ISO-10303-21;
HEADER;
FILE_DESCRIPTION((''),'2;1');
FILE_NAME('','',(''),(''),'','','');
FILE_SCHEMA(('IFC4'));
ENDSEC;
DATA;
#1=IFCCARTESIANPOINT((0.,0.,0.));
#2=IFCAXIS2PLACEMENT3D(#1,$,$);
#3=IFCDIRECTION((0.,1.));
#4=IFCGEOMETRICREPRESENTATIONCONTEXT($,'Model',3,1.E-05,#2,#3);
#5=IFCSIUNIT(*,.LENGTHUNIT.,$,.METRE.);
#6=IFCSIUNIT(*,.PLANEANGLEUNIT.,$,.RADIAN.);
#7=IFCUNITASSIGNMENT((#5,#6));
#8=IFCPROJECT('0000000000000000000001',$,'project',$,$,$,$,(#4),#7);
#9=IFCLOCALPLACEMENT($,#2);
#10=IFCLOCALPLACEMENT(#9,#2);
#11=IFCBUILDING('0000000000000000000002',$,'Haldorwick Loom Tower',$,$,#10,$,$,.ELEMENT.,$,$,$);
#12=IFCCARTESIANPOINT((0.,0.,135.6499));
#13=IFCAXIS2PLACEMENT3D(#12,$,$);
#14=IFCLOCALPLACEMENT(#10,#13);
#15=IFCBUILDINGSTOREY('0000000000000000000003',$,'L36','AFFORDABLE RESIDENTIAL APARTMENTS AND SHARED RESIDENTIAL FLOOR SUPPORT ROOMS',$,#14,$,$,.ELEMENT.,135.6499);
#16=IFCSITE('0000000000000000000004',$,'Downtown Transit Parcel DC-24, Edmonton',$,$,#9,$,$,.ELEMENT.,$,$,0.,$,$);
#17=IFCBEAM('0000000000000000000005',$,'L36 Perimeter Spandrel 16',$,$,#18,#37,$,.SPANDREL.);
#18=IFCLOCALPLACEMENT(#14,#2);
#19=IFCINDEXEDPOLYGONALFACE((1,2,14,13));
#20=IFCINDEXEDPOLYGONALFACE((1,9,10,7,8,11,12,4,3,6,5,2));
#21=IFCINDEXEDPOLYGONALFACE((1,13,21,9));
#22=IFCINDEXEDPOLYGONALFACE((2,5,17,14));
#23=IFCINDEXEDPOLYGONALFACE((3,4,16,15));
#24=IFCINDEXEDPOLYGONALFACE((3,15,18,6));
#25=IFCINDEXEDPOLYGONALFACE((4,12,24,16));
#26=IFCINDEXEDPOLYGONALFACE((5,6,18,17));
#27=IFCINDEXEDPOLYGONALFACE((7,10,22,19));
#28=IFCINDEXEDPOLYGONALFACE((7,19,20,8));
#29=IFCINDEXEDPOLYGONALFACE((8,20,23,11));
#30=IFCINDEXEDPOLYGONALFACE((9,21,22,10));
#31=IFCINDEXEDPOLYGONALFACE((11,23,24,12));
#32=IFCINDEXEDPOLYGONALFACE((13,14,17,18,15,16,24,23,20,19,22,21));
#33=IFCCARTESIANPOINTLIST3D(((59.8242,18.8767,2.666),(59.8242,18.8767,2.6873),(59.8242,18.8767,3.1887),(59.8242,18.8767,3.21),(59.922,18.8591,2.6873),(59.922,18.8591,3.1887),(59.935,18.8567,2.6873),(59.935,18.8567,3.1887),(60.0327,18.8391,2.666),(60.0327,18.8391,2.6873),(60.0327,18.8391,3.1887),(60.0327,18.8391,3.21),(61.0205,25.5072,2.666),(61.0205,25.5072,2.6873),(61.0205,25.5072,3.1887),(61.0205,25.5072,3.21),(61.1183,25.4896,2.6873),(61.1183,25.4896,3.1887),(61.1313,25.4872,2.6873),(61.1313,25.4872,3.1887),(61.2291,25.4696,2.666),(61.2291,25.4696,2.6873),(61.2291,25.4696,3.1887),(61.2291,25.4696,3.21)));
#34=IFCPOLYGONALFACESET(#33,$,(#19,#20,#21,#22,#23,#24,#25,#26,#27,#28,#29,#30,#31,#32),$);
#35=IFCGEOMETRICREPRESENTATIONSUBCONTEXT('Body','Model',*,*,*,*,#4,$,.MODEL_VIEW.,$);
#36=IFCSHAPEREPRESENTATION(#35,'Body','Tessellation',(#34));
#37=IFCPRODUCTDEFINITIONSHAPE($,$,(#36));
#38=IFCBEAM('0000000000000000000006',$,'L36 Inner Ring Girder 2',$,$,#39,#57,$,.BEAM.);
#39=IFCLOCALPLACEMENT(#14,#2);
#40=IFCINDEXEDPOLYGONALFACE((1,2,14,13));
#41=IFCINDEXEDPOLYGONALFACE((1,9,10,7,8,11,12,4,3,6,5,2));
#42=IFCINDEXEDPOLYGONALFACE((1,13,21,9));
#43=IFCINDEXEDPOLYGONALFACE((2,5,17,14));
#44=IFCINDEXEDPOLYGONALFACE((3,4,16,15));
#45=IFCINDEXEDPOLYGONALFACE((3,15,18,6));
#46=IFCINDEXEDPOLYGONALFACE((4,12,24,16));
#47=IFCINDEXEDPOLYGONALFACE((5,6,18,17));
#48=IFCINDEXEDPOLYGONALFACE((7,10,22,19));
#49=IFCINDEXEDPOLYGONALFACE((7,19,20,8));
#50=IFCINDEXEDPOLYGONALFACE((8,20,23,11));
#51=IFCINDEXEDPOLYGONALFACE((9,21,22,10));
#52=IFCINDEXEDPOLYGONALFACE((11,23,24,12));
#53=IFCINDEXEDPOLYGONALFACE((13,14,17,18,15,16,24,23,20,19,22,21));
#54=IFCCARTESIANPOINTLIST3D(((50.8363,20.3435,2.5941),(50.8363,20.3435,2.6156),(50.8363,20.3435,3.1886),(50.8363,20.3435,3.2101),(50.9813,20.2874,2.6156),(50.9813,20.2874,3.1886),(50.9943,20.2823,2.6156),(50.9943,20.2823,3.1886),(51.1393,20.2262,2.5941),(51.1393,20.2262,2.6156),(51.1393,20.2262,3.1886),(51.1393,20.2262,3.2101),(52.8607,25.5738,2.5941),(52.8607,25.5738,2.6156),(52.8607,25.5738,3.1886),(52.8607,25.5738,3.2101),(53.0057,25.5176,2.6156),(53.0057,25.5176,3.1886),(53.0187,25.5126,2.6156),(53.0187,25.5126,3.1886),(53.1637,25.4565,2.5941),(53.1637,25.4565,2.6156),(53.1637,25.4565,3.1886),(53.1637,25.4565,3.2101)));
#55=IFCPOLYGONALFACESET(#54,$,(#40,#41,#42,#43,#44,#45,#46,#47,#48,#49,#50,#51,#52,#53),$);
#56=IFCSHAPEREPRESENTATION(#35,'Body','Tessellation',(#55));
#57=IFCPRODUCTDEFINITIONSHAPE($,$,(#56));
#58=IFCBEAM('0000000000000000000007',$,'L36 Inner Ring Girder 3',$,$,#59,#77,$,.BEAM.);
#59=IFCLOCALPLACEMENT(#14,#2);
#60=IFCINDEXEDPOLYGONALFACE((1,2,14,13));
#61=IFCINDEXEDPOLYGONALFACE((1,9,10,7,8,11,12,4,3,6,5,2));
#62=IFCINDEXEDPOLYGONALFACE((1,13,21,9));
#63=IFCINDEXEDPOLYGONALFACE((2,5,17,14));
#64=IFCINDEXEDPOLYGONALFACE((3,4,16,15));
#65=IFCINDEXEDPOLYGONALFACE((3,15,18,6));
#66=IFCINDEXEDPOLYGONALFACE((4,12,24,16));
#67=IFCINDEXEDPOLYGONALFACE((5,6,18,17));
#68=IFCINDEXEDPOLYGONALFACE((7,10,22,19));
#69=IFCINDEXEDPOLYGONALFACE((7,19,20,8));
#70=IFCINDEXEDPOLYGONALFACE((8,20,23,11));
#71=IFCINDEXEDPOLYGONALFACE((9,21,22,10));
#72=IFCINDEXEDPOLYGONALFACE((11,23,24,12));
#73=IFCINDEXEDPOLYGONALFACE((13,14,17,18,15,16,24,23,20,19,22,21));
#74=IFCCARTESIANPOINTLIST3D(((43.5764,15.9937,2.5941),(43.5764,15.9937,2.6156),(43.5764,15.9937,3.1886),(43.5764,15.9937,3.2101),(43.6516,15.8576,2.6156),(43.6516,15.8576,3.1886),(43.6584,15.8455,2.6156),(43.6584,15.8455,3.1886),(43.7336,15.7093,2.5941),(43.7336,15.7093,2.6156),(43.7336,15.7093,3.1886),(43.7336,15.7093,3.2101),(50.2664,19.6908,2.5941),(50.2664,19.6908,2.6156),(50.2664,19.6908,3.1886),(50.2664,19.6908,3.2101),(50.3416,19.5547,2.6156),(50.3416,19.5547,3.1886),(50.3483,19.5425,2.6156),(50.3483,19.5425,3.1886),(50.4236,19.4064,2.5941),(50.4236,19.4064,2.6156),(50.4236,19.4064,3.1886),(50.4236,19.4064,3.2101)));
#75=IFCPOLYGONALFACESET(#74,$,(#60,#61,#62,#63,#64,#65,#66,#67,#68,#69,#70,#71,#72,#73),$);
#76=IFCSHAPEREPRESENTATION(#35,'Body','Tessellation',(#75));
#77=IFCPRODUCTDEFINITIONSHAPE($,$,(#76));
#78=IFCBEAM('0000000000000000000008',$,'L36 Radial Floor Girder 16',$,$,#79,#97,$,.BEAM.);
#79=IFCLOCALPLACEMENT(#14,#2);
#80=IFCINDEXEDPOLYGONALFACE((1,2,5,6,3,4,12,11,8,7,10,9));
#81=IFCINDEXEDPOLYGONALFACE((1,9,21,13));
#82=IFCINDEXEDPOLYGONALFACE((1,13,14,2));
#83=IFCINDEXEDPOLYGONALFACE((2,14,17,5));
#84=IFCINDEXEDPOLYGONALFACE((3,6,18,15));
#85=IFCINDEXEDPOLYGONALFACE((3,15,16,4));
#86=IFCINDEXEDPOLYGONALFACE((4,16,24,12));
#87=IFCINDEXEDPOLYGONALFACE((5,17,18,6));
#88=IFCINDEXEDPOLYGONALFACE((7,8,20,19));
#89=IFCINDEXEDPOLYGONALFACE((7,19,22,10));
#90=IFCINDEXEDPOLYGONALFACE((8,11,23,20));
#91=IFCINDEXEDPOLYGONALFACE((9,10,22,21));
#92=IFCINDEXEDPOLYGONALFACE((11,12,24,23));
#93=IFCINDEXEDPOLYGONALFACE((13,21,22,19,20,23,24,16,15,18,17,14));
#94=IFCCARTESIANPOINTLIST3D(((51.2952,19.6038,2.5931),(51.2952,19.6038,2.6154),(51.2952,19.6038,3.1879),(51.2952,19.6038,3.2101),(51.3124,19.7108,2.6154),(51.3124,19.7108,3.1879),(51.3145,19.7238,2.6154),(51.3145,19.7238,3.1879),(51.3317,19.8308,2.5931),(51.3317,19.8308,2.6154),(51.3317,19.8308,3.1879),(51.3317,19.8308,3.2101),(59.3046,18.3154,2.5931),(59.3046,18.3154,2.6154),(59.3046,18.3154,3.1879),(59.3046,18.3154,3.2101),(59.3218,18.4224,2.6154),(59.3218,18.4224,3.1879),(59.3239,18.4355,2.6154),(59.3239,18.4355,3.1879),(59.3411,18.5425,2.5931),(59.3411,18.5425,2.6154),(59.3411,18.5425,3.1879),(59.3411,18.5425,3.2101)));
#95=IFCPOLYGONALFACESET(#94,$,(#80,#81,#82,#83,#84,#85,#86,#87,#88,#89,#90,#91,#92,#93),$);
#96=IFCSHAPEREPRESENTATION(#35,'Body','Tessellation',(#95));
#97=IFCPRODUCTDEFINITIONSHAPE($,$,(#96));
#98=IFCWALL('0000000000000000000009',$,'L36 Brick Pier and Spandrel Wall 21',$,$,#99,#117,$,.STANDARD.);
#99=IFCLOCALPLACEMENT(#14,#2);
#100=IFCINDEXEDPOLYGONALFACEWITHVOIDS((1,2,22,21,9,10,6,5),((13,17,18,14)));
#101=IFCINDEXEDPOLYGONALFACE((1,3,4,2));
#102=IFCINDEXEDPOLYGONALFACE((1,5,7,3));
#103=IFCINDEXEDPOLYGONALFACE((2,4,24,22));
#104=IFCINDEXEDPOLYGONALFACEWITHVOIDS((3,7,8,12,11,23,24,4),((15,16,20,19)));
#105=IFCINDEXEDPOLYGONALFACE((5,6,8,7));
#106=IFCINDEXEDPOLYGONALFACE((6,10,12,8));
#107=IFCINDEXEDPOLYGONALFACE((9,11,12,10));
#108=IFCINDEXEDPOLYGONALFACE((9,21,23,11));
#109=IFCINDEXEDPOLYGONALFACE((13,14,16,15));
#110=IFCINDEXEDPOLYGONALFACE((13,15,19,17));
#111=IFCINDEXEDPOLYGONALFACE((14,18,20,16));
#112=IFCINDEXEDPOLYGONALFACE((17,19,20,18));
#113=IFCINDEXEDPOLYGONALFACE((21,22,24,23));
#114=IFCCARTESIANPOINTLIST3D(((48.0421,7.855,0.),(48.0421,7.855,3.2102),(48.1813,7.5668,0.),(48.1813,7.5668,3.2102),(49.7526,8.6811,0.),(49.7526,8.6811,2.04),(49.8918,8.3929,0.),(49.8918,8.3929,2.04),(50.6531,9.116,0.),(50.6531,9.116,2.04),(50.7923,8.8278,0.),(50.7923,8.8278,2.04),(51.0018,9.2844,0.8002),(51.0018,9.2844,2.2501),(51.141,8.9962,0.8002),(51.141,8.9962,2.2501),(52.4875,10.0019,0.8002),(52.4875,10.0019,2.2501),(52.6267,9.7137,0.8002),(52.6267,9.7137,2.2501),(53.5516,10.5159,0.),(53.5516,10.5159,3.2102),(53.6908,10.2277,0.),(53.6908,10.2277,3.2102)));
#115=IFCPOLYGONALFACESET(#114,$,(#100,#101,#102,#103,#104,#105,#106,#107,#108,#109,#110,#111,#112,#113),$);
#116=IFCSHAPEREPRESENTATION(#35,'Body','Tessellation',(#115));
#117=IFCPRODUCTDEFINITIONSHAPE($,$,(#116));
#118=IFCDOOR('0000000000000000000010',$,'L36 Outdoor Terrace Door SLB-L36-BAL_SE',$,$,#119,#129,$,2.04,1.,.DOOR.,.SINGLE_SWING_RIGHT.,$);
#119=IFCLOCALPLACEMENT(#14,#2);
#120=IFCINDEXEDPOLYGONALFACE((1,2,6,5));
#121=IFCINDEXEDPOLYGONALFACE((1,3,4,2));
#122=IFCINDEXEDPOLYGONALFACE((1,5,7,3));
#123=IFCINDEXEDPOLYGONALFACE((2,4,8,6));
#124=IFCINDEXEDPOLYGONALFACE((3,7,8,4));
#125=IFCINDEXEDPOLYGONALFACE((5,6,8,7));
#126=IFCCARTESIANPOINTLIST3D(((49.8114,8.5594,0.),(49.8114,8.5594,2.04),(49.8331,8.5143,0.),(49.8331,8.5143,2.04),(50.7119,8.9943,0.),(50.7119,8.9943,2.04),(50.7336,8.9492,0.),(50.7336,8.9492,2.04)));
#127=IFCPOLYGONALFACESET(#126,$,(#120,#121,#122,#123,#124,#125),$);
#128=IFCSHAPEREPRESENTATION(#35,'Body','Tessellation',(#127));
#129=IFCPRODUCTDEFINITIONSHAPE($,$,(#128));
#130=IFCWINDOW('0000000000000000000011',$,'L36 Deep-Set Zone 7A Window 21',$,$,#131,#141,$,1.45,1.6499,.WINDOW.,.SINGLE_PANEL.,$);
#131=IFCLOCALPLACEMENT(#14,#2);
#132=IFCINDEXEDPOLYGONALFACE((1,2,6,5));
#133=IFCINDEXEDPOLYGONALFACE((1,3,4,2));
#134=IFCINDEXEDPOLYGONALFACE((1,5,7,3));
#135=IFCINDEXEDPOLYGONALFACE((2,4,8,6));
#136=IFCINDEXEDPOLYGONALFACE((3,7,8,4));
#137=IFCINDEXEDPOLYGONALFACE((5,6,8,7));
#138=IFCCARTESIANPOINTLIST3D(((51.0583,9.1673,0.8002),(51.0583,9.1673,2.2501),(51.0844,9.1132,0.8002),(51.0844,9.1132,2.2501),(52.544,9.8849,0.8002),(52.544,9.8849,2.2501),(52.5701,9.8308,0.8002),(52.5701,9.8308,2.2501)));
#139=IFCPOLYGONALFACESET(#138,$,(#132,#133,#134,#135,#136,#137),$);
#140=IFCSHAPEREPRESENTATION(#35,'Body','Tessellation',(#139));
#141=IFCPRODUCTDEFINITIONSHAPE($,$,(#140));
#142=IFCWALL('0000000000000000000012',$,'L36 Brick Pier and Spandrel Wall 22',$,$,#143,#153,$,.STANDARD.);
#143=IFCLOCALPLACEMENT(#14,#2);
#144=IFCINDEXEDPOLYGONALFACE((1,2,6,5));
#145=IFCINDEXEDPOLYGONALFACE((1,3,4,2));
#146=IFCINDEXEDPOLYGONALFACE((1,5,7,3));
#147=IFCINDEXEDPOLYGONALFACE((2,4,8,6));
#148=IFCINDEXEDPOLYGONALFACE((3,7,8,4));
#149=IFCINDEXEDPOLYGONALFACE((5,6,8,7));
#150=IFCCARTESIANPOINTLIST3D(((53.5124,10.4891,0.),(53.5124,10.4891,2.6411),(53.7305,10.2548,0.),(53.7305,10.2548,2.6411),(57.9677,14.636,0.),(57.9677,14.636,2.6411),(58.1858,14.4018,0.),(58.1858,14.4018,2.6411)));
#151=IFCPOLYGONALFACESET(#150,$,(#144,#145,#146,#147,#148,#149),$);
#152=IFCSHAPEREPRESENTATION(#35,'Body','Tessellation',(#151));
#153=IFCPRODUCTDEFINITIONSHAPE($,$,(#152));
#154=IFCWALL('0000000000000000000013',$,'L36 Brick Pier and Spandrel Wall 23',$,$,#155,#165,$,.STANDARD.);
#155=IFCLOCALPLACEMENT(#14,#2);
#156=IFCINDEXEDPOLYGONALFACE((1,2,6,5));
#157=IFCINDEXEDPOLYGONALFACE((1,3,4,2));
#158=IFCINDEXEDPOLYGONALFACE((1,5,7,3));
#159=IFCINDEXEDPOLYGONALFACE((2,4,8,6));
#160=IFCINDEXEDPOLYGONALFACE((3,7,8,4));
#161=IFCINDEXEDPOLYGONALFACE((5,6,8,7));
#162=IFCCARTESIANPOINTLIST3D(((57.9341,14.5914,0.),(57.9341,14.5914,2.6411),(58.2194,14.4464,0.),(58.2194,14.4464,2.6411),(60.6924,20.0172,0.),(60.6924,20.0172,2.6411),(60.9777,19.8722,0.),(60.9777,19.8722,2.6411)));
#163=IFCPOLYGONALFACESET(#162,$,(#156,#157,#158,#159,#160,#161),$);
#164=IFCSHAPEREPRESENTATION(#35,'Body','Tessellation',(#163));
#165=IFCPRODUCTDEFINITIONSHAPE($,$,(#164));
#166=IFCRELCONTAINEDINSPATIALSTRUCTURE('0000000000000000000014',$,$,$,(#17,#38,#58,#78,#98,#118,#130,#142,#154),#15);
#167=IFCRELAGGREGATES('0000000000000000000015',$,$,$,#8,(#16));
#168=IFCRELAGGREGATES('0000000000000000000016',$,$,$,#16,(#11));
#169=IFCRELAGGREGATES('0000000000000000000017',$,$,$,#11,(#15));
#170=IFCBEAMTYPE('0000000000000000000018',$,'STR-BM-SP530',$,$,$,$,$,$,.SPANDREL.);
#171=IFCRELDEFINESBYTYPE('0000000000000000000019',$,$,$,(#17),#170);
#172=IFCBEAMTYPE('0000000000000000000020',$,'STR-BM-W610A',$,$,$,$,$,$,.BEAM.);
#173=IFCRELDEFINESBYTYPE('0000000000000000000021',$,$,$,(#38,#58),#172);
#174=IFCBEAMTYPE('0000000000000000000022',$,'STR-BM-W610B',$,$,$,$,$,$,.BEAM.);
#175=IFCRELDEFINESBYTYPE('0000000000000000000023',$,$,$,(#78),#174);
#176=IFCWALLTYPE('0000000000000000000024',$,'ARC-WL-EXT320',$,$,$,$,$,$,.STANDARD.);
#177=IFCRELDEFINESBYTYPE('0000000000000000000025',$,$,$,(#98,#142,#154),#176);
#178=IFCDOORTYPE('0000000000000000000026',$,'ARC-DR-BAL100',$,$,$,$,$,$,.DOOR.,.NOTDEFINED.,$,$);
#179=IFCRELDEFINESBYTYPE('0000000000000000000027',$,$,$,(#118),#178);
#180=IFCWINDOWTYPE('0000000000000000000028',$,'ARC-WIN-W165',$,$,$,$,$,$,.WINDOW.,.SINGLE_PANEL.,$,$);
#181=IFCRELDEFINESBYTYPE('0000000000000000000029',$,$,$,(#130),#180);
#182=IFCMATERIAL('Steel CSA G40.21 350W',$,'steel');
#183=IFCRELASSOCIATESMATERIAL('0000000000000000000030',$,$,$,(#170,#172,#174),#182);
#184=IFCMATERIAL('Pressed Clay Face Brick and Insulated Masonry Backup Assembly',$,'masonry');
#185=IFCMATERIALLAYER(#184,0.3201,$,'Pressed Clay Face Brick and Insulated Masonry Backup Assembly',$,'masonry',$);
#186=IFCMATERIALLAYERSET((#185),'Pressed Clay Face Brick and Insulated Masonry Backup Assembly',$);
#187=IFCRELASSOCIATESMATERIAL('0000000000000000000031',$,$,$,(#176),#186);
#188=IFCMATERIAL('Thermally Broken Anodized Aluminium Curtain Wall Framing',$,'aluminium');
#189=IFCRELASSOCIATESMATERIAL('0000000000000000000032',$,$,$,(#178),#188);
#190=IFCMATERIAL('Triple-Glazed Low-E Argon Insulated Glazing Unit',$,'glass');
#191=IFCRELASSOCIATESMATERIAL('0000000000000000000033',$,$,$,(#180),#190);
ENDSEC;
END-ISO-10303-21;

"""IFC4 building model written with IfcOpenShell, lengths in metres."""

from ifc_helpers import new_model, si_unit, direction, frame, frame_2d, origin, origin_2d, place, context, subcontext, project, spatial, rectangle, i_section, extrude, material, layer, layer_set, material_profile, profile_set, type_object, element, fill, save


model = new_model("IFC4")

# Units and contexts
model_context = context("Model", 3, precision=1e-05, world=origin(), true_north=direction((0.0, 1.0)))
body_context = subcontext(model_context, "Body", "Model", "MODEL_VIEW")
ifc_project = project(units=[si_unit("LENGTHUNIT", "METRE"), si_unit("PLANEANGLEUNIT", "RADIAN")], contexts=[model_context])

# Site, building, storey
site_placement = place(None, origin())
site = spatial("IfcSite", under=ifc_project, at=site_placement, Name="Downtown Transit Parcel DC-24, Edmonton", CompositionType="ELEMENT", RefElevation=0.0)
building_placement = place(site_placement, origin())
building = spatial("IfcBuilding", under=site, at=building_placement, Name="Haldorwick Loom Tower", CompositionType="ELEMENT")
storey_placement = place(building_placement, frame((0.0, 0.0, 135.6499)))
storey = spatial("IfcBuildingStorey", under=building, at=storey_placement, Name="L36", Description="AFFORDABLE RESIDENTIAL APARTMENTS AND SHARED RESIDENTIAL FLOOR SUPPORT ROOMS", CompositionType="ELEMENT", Elevation=135.6499)

# Beams
ifc_material_1 = material(Name="Steel CSA G40.21 350W", Category="steel")
ifc_material_profile_1 = material_profile(ifc_material_1, i_section(OverallWidth=0.2119, OverallDepth=0.5439, WebThickness=0.0132, FlangeThickness=0.0212, at=origin_2d()), Name="W530X123", Category="steel")
ifc_profile_set_1 = profile_set([ifc_material_profile_1], Name="Steel CSA G40.21 350W")
beam_type_1 = type_object("IfcBeamType", Name="STR-BM-SP530", PredefinedType="SPANDREL", material=ifc_profile_set_1)
beam_1_placement = place(storey_placement, frame((59.9285, 18.8579, 2.938), z_axis=(0.177559, 0.98411, 0.0), x_axis=(-0.98411, 0.177559, 0.0)))
element("IfcBeam", 1, at=beam_1_placement, inside=storey, type_object=beam_type_1, Name="L36 Perimeter Spandrel 16", PredefinedType="SPANDREL", context=body_context, shape_type="SweptSolid", body=[
    extrude(i_section(OverallWidth=0.2119, OverallDepth=0.5439, WebThickness=0.0132, FlangeThickness=0.0212, at=origin_2d()), origin(), (0.0, 0.0, 1.0), 6.7375),
])
ifc_material_profile_2 = material_profile(ifc_material_1, i_section(OverallWidth=0.325, OverallDepth=0.616, WebThickness=0.0139, FlangeThickness=0.0215, at=origin_2d()), Name="W610X174", Category="steel")
ifc_profile_set_2 = profile_set([ifc_material_profile_2], Name="Steel CSA G40.21 350W")
beam_type_2 = type_object("IfcBeamType", Name="STR-BM-W610A", PredefinedType="BEAM", material=ifc_profile_set_2)
beam_2_placement = place(storey_placement, frame((53.0122, 25.5151, 2.9021), z_axis=(-0.360965, -0.932579, 0.0), x_axis=(0.932579, -0.360965, 0.0)))
element("IfcBeam", 2, at=beam_2_placement, inside=storey, type_object=beam_type_2, Name="L36 Inner Ring Girder 2", PredefinedType="BEAM", context=body_context, shape_type="SweptSolid", body=[
    extrude(i_section(OverallWidth=0.325, OverallDepth=0.616, WebThickness=0.0139, FlangeThickness=0.0215, at=origin_2d()), origin(), (0.0, 0.0, 1.0), 5.6084),
])
beam_3_placement = place(storey_placement, frame((50.345, 19.5486, 2.9021), z_axis=(-0.875244, -0.483681, 0.0), x_axis=(0.483681, -0.875244, 0.0)))
element("IfcBeam", 3, at=beam_3_placement, inside=storey, type_object=beam_type_2, Name="L36 Inner Ring Girder 3", PredefinedType="BEAM", context=body_context, shape_type="SweptSolid", body=[
    extrude(i_section(OverallWidth=0.325, OverallDepth=0.616, WebThickness=0.0139, FlangeThickness=0.0215, at=origin_2d()), origin(), (0.0, 0.0, 1.0), 7.6436),
])
ifc_material_profile_3 = material_profile(ifc_material_1, i_section(OverallWidth=0.23, OverallDepth=0.6169, WebThickness=0.0132, FlangeThickness=0.0222, at=origin_2d()), Name="W610X140", Category="steel")
ifc_profile_set_3 = profile_set([ifc_material_profile_3], Name="Steel CSA G40.21 350W")
beam_type_3 = type_object("IfcBeamType", Name="STR-BM-W610B", PredefinedType="BEAM", material=ifc_profile_set_3)
beam_4_placement = place(storey_placement, frame((51.3135, 19.7173, 2.9016), z_axis=(0.987309, -0.158813, 0.0), x_axis=(0.158813, 0.987309, 0.0)))
element("IfcBeam", 4, at=beam_4_placement, inside=storey, type_object=beam_type_3, Name="L36 Radial Floor Girder 16", PredefinedType="BEAM", context=body_context, shape_type="SweptSolid", body=[
    extrude(i_section(OverallWidth=0.23, OverallDepth=0.6169, WebThickness=0.0132, FlangeThickness=0.0222, at=origin_2d()), origin(), (0.0, 0.0, 1.0), 8.1123),
])

# Wall, openings, door, window
ifc_material_2 = material(Name="Pressed Clay Face Brick and Insulated Masonry Backup Assembly", Category="masonry")
ifc_layer_1 = layer(ifc_material_2, 0.3201, Name="Pressed Clay Face Brick and Insulated Masonry Backup Assembly", Category="masonry")
ifc_layer_set_1 = layer_set([ifc_layer_1], Name="Pressed Clay Face Brick and Insulated Masonry Backup Assembly")
wall_type_1 = type_object("IfcWallType", Name="ARC-WL-EXT320", PredefinedType="STANDARD", material=ifc_layer_set_1)
wall_1_placement = place(storey_placement, frame((48.1118, 7.7109, 0.0), z_axis=(0.0, 0.0, 1.0), x_axis=(0.90048, 0.434897, 0.0)))
wall_1 = element("IfcWall", 5, at=wall_1_placement, inside=storey, type_object=wall_type_1, Name="L36 Brick Pier and Spandrel Wall 21", PredefinedType="STANDARD", context=body_context, shape_type="SweptSolid", body=[
    extrude(rectangle(XDim=6.1184, YDim=0.3201, at=frame_2d((3.0591, 0.0))), origin(), (0.0, 0.0, 1.0), 3.2102),
])
opening_1_placement = place(wall_1_placement, frame((1.8994, 0.0, 0.0)))
opening_1 = element("IfcOpeningElement", 6, at=opening_1_placement, cuts=wall_1, PredefinedType="OPENING", context=body_context, shape_type="SweptSolid", body=[
    extrude(rectangle(XDim=1.0, YDim=2.04, at=frame_2d((0.5, 1.02))), frame((0.0, 0.1699, 0.0), z_axis=(0.0, -1.0, 0.0), x_axis=(1.0, 0.0, 0.0)), (0.0, 0.0, 1.0), 0.3401),
])
opening_2_placement = place(wall_1_placement, frame((3.2866, 0.0, 0.8)))
opening_2 = element("IfcOpeningElement", 7, at=opening_2_placement, cuts=wall_1, PredefinedType="OPENING", context=body_context, shape_type="SweptSolid", body=[
    extrude(rectangle(XDim=1.6499, YDim=1.45, at=frame_2d((0.825, 0.7251))), frame((0.0, 0.1699, 0.0), z_axis=(0.0, -1.0, 0.0), x_axis=(1.0, 0.0, 0.0)), (0.0, 0.0, 1.0), 0.3401),
])
ifc_material_3 = material(Name="Thermally Broken Anodized Aluminium Curtain Wall Framing", Category="aluminium")
door_type_1 = type_object("IfcDoorType", Name="ARC-DR-BAL100", OperationType="NOTDEFINED", PredefinedType="DOOR", material=ifc_material_3)
door_1_placement = place(opening_1_placement, origin())
door_1 = element("IfcDoor", 8, at=door_1_placement, inside=storey, type_object=door_type_1, Name="L36 Outdoor Terrace Door SLB-L36-BAL_SE", OperationType="SINGLE_SWING_RIGHT", OverallHeight=2.04, OverallWidth=1.0, PredefinedType="DOOR", context=body_context, shape_type="SweptSolid", body=[
    extrude(rectangle(XDim=1.0, YDim=2.04, at=frame_2d((0.5, 1.02))), frame((0.0, 0.0249, 0.0), z_axis=(0.0, -1.0, 0.0), x_axis=(1.0, 0.0, 0.0)), (0.0, 0.0, 1.0), 0.05),
])
fill(opening_1, door_1)
ifc_material_4 = material(Name="Triple-Glazed Low-E Argon Insulated Glazing Unit", Category="glass")
window_type = type_object("IfcWindowType", Name="ARC-WIN-W165", PartitioningType="SINGLE_PANEL", PredefinedType="WINDOW", material=ifc_material_4)
window_1_placement = place(opening_2_placement, origin())
window_1 = element("IfcWindow", 9, at=window_1_placement, inside=storey, type_object=window_type, Name="L36 Deep-Set Zone 7A Window 21", OverallHeight=1.45, OverallWidth=1.6499, PartitioningType="SINGLE_PANEL", PredefinedType="WINDOW", context=body_context, shape_type="SweptSolid", body=[
    extrude(rectangle(XDim=1.6499, YDim=1.45, at=frame_2d((0.825, 0.7251))), frame((0.0, 0.03, 0.0), z_axis=(0.0, -1.0, 0.0), x_axis=(1.0, 0.0, 0.0)), (0.0, 0.0, 1.0), 0.0601),
])
fill(opening_2, window_1)

# Walls
for number, where, z_axis, x_axis, name in (
    (10, (53.6213, 10.3718, 0.0), (0.0, 0.0, 1.0), (0.731983, 0.681323, 0.0), "L36 Brick Pier and Spandrel Wall 22"),
    (11, (58.0767, 14.5188, 0.0), (0.0, 0.0, 1.0), (0.453172, 0.891423, 0.0), "L36 Brick Pier and Spandrel Wall 23"),
):
    element("IfcWall", number, at=place(storey_placement, frame(where, z_axis=z_axis, x_axis=x_axis)), inside=storey, type_object=wall_type_1, Name=name, PredefinedType="STANDARD", context=body_context, shape_type="SweptSolid", body=[
        extrude(rectangle(XDim=6.0867, YDim=0.3201, at=frame_2d((3.0435, 0.0))), origin(), (0.0, 0.0, 1.0), 2.6411),
    ])

save(model, "model.ifc")
